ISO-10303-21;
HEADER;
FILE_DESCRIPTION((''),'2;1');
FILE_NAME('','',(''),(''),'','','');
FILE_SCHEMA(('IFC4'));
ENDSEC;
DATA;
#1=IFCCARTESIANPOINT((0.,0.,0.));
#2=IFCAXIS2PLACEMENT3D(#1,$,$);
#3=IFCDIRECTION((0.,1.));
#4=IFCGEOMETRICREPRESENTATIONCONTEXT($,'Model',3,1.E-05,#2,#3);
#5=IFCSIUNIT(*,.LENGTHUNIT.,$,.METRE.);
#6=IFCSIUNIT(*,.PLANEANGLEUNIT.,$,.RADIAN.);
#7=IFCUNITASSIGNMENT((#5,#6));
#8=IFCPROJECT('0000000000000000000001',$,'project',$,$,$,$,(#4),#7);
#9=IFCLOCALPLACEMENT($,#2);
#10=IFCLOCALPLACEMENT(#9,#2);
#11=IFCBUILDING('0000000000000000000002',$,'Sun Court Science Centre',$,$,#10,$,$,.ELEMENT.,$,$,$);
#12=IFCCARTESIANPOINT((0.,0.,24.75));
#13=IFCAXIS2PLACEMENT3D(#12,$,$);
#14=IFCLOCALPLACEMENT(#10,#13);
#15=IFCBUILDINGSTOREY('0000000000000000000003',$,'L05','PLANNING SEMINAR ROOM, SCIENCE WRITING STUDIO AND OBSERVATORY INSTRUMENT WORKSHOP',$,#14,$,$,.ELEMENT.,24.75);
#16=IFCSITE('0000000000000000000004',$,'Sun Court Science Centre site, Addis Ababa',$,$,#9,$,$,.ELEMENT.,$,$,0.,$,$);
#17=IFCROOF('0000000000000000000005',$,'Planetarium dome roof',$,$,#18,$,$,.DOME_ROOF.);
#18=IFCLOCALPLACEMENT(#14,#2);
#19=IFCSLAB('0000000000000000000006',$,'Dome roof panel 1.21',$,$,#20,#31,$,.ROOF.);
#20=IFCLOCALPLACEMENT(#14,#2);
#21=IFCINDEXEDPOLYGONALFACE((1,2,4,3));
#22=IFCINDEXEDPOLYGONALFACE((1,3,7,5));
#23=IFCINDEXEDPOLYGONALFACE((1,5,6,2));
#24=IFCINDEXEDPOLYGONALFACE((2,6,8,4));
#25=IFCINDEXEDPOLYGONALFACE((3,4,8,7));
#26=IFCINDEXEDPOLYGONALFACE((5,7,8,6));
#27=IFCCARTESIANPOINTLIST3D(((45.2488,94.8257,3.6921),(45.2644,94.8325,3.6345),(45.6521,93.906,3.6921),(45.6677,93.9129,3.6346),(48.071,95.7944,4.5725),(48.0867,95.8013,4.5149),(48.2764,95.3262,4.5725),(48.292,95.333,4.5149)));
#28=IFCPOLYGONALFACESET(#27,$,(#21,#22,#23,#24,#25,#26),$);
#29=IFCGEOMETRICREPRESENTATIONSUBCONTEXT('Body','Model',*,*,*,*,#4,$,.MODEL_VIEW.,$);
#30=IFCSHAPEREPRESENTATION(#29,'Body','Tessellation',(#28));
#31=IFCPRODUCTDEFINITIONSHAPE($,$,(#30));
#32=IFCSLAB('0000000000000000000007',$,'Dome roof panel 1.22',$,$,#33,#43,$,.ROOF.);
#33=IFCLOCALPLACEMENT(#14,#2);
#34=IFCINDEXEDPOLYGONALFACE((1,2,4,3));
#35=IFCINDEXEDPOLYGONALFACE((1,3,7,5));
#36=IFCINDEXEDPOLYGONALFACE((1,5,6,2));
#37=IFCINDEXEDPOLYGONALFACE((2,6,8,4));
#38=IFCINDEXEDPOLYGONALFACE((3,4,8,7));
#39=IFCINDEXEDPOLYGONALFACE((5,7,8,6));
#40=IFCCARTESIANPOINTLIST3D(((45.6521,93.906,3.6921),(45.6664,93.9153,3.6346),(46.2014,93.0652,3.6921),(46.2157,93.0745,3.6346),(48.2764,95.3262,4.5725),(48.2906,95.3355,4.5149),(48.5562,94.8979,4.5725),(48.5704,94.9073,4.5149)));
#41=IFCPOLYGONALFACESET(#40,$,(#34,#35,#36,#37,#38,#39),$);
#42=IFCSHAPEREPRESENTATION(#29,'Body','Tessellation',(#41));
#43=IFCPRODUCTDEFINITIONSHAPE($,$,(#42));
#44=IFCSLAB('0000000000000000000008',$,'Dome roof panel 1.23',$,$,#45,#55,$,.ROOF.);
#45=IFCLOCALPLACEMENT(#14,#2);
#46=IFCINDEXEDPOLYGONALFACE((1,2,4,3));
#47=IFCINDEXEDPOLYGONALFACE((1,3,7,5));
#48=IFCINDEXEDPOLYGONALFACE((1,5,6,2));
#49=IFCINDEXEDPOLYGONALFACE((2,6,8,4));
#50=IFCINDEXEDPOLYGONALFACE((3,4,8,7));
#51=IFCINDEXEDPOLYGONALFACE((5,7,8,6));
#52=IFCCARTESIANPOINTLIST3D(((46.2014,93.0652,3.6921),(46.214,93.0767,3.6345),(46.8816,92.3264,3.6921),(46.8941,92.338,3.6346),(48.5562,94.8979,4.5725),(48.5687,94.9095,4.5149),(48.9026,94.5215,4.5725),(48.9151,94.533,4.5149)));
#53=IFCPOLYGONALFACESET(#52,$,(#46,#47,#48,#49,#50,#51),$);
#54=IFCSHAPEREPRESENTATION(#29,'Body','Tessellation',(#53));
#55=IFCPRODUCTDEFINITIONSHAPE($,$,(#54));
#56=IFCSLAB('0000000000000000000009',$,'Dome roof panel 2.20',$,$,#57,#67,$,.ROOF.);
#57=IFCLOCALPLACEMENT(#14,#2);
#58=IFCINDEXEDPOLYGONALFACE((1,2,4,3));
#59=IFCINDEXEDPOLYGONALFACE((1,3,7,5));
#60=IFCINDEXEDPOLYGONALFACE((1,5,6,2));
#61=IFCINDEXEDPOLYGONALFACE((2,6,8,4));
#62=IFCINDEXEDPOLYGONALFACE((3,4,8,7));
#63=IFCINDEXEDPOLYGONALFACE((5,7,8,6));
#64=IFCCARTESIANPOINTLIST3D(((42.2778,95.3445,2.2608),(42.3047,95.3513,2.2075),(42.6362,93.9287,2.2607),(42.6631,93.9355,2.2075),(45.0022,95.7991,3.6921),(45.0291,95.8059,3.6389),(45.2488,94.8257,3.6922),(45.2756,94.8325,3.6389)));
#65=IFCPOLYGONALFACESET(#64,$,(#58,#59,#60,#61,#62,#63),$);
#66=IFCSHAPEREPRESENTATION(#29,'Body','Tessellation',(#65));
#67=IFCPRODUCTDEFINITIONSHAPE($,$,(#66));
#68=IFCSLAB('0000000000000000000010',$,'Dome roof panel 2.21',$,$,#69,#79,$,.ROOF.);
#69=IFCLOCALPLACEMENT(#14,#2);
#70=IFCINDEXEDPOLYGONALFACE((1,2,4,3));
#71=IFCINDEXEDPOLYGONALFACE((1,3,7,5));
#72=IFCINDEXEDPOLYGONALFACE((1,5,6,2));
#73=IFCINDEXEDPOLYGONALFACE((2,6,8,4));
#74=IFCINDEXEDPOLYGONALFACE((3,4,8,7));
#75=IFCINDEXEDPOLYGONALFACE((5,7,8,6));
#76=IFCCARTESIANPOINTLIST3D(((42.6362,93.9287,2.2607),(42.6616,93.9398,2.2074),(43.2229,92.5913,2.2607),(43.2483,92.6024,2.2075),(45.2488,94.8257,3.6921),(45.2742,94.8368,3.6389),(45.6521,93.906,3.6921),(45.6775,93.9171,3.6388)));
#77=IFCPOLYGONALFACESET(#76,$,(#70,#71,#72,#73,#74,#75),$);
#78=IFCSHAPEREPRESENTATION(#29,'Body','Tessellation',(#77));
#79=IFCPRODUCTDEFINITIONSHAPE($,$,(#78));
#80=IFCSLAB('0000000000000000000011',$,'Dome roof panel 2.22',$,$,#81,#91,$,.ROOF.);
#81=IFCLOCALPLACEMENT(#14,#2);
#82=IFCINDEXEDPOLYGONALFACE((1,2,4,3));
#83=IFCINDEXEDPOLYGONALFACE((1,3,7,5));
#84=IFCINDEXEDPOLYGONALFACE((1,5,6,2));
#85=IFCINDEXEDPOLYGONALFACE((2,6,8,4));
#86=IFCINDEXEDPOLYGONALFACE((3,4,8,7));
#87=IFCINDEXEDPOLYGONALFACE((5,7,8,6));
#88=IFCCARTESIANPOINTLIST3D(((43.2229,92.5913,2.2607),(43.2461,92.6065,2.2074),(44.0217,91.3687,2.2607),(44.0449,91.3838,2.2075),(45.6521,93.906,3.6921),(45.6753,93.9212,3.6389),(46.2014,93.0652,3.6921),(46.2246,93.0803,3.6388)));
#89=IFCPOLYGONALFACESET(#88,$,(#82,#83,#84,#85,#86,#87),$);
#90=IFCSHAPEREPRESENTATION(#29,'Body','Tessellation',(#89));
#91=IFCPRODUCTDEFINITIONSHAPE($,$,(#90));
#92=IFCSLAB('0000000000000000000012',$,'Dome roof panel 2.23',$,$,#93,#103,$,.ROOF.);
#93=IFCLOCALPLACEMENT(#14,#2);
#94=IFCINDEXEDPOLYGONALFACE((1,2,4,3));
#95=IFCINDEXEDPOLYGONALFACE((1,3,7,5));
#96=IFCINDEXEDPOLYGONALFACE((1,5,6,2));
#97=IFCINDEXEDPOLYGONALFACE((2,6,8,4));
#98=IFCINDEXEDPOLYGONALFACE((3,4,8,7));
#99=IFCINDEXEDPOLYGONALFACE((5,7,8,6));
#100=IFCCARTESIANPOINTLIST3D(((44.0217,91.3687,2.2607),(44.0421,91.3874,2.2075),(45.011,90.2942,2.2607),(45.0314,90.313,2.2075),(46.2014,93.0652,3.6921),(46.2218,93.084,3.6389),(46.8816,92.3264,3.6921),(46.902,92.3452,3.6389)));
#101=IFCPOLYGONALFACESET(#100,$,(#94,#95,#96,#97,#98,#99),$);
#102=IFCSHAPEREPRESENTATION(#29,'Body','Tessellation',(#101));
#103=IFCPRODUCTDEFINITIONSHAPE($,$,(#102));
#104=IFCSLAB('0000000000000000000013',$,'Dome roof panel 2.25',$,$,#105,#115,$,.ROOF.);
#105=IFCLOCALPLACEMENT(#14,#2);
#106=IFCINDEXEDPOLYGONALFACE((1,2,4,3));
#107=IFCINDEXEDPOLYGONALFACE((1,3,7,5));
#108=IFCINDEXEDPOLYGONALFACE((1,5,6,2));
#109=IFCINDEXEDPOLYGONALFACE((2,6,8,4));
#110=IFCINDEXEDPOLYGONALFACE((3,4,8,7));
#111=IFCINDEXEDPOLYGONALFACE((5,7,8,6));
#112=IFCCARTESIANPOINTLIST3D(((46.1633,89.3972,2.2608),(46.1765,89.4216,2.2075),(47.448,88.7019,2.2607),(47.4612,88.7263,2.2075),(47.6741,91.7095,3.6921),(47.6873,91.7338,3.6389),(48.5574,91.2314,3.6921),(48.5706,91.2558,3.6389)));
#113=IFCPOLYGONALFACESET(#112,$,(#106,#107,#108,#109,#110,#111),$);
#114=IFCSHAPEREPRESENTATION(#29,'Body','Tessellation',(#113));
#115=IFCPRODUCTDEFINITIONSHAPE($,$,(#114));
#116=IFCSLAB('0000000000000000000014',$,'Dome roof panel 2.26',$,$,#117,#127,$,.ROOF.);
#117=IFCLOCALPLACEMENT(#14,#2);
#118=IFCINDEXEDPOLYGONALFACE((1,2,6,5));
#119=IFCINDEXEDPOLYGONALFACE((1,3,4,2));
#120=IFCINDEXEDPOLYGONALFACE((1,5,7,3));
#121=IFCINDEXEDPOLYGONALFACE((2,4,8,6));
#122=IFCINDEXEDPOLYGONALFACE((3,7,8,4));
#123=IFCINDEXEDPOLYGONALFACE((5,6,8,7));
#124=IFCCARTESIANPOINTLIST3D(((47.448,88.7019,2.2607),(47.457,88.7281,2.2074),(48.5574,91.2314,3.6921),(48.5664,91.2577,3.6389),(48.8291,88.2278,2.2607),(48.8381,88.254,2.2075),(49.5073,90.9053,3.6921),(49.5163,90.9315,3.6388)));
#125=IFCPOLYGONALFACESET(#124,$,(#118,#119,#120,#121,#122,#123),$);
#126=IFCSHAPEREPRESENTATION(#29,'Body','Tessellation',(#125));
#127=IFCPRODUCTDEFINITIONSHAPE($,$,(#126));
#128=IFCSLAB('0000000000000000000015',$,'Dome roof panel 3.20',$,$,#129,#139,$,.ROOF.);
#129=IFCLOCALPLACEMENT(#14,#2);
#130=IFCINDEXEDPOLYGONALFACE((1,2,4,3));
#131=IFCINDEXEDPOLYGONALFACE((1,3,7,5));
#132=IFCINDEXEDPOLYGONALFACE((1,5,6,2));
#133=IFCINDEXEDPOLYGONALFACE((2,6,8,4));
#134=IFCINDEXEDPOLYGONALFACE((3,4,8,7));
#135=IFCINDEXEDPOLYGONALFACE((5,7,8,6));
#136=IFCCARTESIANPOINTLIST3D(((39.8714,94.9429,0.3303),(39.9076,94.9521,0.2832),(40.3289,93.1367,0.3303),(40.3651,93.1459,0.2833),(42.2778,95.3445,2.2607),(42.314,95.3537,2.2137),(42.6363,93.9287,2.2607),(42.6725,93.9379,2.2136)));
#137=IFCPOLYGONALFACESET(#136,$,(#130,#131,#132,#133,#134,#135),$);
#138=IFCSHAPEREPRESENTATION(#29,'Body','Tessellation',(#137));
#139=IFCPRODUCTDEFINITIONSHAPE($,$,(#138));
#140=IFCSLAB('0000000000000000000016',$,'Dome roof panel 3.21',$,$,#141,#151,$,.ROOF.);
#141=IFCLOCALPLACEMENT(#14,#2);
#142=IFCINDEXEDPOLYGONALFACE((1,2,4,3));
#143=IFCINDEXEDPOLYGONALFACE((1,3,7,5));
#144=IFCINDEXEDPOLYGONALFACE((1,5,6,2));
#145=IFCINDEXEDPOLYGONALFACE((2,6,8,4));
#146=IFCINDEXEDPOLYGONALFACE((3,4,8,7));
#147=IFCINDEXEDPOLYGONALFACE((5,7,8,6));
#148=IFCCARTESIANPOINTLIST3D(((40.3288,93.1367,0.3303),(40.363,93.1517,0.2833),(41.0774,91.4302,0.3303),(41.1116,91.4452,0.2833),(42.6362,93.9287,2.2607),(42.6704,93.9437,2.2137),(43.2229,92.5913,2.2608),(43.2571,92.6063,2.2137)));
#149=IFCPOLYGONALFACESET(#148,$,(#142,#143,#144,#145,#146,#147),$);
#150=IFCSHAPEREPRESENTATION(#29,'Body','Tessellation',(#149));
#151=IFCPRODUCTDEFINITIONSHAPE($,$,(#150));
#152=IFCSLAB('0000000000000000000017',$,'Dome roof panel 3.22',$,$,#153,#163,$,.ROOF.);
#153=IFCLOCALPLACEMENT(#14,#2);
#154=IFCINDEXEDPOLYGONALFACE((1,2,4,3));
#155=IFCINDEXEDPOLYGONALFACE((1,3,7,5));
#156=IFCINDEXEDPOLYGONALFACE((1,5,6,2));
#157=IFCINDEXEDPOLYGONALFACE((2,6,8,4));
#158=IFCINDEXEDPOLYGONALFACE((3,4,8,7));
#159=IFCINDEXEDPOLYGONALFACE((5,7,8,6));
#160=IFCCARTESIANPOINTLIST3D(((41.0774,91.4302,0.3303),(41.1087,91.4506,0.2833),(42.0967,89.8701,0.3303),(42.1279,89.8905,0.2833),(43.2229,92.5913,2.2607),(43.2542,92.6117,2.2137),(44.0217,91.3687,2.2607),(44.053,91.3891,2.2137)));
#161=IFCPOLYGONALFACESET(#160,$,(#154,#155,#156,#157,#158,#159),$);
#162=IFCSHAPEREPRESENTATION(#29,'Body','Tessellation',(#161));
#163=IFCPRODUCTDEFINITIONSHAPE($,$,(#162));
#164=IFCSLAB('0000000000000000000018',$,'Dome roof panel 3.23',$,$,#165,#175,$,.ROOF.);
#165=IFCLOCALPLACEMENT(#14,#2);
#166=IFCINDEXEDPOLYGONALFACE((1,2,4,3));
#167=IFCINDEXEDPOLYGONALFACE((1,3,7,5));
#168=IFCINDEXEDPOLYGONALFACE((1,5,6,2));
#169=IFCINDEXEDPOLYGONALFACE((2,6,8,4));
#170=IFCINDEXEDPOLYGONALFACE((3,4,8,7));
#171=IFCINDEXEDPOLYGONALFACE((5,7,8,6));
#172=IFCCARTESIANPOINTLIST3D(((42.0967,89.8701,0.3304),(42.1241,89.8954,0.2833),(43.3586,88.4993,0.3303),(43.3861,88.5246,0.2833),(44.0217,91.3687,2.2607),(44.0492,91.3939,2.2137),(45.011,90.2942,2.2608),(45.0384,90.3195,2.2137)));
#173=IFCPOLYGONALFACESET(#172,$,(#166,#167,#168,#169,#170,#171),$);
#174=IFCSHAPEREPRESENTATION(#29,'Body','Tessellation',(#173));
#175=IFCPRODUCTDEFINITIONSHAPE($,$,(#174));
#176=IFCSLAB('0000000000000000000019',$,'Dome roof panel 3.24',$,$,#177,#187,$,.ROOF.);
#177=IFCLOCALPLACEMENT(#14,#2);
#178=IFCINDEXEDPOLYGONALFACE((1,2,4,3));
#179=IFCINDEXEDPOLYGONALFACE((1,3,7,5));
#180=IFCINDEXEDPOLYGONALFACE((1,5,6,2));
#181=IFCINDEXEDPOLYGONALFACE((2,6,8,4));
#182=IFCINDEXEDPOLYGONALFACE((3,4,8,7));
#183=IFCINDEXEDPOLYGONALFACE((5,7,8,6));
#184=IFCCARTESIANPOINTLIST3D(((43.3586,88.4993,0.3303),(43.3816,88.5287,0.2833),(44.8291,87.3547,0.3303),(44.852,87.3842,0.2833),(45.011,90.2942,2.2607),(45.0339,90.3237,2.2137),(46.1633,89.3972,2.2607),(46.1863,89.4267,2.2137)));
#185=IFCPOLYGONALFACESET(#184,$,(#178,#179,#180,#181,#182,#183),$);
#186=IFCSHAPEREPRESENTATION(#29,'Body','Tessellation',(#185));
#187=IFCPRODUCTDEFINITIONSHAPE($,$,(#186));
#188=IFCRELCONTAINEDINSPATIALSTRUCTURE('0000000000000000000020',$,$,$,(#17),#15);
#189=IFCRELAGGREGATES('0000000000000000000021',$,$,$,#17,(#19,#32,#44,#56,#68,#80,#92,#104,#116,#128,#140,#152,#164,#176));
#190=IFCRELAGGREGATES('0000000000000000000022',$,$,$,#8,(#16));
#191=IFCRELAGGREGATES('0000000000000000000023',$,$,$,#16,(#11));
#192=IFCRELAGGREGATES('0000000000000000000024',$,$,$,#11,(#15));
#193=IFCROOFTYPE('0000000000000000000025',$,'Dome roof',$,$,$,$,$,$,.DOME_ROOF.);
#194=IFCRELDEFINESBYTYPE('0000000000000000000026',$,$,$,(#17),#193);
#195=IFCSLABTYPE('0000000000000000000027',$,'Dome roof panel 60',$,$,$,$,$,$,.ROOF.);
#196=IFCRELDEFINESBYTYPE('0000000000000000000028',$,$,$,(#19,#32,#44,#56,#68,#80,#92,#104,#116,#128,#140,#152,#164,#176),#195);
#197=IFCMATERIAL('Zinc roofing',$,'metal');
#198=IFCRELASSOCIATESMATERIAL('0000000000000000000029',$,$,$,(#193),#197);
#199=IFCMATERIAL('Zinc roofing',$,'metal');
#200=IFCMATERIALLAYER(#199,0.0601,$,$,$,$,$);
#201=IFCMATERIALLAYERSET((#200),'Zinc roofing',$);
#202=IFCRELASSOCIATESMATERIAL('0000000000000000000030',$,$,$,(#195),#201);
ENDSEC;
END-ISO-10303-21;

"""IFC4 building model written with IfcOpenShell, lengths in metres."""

from ifc_helpers import new_model, si_unit, direction, frame, origin, place, context, subcontext, project, spatial, polyline, outline, extrude, material, layer, layer_set, type_object, element, aggregate, save


model = new_model("IFC4")

# Units and contexts
model_context = context("Model", 3, precision=1e-05, world=origin(), true_north=direction((0.0, 1.0)))
body_context = subcontext(model_context, "Body", "Model", "MODEL_VIEW")
ifc_project = project(units=[si_unit("LENGTHUNIT", "METRE"), si_unit("PLANEANGLEUNIT", "RADIAN")], contexts=[model_context])

# Site, building, storey
site_placement = place(None, origin())
site = spatial("IfcSite", under=ifc_project, at=site_placement, Name="Sun Court Science Centre site, Addis Ababa", CompositionType="ELEMENT", RefElevation=0.0)
building_placement = place(site_placement, origin())
building = spatial("IfcBuilding", under=site, at=building_placement, Name="Sun Court Science Centre", CompositionType="ELEMENT")
storey_placement = place(building_placement, frame((0.0, 0.0, 24.75)))
storey = spatial("IfcBuildingStorey", under=building, at=storey_placement, Name="L05", Description="PLANNING SEMINAR ROOM, SCIENCE WRITING STUDIO AND OBSERVATORY INSTRUMENT WORKSHOP", CompositionType="ELEMENT", Elevation=24.75)

# Roof, slabs
ifc_material_1 = material(Name="Zinc roofing", Category="metal")
roof_type = type_object("IfcRoofType", Name="Dome roof", PredefinedType="DOME_ROOF", material=ifc_material_1)
roof_placement = place(storey_placement, origin())
roof = element("IfcRoof", 1, at=roof_placement, inside=storey, type_object=roof_type, Name="Planetarium dome roof", PredefinedType="DOME_ROOF")
ifc_material_2 = material(Name="Zinc roofing", Category="metal")
ifc_layer = layer(ifc_material_2, 0.0601)
ifc_layer_set = layer_set([ifc_layer], Name="Zinc roofing")
slab_type = type_object("IfcSlabType", Name="Dome roof panel 60", PredefinedType="ROOF", material=ifc_layer_set)
slab_1_placement = place(storey_placement, frame((48.071, 95.7944, 4.5725), z_axis=(-0.259975, -0.114005, 0.958862), x_axis=(0.401573, -0.915827, -0.00001)))
slab_1 = element("IfcSlab", 2, at=slab_1_placement, type_object=slab_type, Name="Dome roof panel 1.21", PredefinedType="ROOF", context=body_context, shape_type="SweptSolid", body=[
    extrude(outline(polyline([(0.0, 0.0), (0.5113, 0.0), (0.7581, -3.1013), (-0.2461, -3.1013), (0.0, 0.0)])), origin(), (0.0, 0.0, -1.0), 0.0601),
])
slab_2_placement = place(storey_placement, frame((48.2764, 95.3262, 4.5725), z_axis=(-0.237648, -0.155262, 0.958862), x_axis=(0.546965, -0.837156, 0.000007)))
slab_2 = element("IfcSlab", 3, at=slab_2_placement, type_object=slab_type, Name="Dome roof panel 1.22", PredefinedType="ROOF", context=body_context, shape_type="SweptSolid", body=[
    extrude(outline(polyline([(0.0, 0.0), (0.5115, 0.0), (0.7579, -3.1013), (-0.2465, -3.1013), (0.0, 0.0)])), origin(), (0.0, 0.0, -1.0), 0.0601),
])
slab_3_placement = place(storey_placement, frame((48.5562, 94.8979, 4.5725), z_axis=(-0.208859, -0.192261, 0.958861), x_axis=(0.677159, -0.735837, -0.000044)))
slab_3 = element("IfcSlab", 4, at=slab_3_placement, type_object=slab_type, Name="Dome roof panel 1.23", PredefinedType="ROOF", context=body_context, shape_type="SweptSolid", body=[
    extrude(outline(polyline([(0.0, 0.0), (0.5116, 0.0), (0.7583, -3.1011), (-0.2459, -3.1014), (0.0, 0.0)])), origin(), (0.0, 0.0, -1.0), 0.0601),
])
slab_4_placement = place(storey_placement, frame((45.0022, 95.7991, 3.6921), z_axis=(-0.447236, -0.113248, 0.887218), x_axis=(0.245546, -0.969385, 0.00004)))
slab_4 = element("IfcSlab", 5, at=slab_4_placement, type_object=slab_type, Name="Dome roof panel 2.20", PredefinedType="ROOF", context=body_context, shape_type="SweptSolid", body=[
    extrude(outline(polyline([(0.0, 0.0), (1.0041, 0.0), (1.2321, -3.1027), (-0.2283, -3.1025), (0.0, 0.0)])), origin(), (0.0, 0.0, -1.0), 0.0601),
])
slab_5_placement = place(storey_placement, frame((45.2488, 94.8257, 3.6921), z_axis=(-0.42249, -0.185311, 0.887222), x_axis=(0.401634, -0.9158, -0.000024)))
slab_5 = element("IfcSlab", 6, at=slab_5_placement, type_object=slab_type, Name="Dome roof panel 2.21", PredefinedType="ROOF", context=body_context, shape_type="SweptSolid", body=[
    extrude(outline(polyline([(0.0, 0.0), (1.0042, 0.0), (1.2326, -3.1026), (-0.2278, -3.1027), (0.0, 0.0)])), origin(), (0.0, 0.0, -1.0), 0.0601),
])
slab_6_placement = place(storey_placement, frame((45.6521, 93.906, 3.6921), z_axis=(-0.386227, -0.252336, 0.887218), x_axis=(0.546938, -0.837173, -0.000008)))
slab_6 = element("IfcSlab", 7, at=slab_6_placement, type_object=slab_type, Name="Dome roof panel 2.22", PredefinedType="ROOF", context=body_context, shape_type="SweptSolid", body=[
    extrude(outline(polyline([(0.0, 0.0), (1.0044, 0.0), (1.2325, -3.1026), (-0.228, -3.1026), (0.0, 0.0)])), origin(), (0.0, 0.0, -1.0), 0.0601),
])
slab_7_placement = place(storey_placement, frame((46.2014, 93.0652, 3.6921), z_axis=(-0.339409, -0.312492, 0.887215), x_axis=(0.677331, -0.735678, -0.000002)))
slab_7 = element("IfcSlab", 8, at=slab_7_placement, type_object=slab_type, Name="Dome roof panel 2.23", PredefinedType="ROOF", context=body_context, shape_type="SweptSolid", body=[
    extrude(outline(polyline([(0.0, 0.0), (1.0042, 0.0), (1.2322, -3.1026), (-0.2283, -3.1026), (0.0, 0.0)])), origin(), (0.0, 0.0, -1.0), 0.0601),
])
slab_8_placement = place(storey_placement, frame((47.6741, 91.7095, 3.6921), z_axis=(-0.219596, -0.405746, 0.887213), x_axis=(0.879467, -0.475959, 0.000011)))
slab_8 = element("IfcSlab", 9, at=slab_8_placement, type_object=slab_type, Name="Dome roof panel 2.25", PredefinedType="ROOF", context=body_context, shape_type="SweptSolid", body=[
    extrude(outline(polyline([(0.0, 0.0), (1.0044, 0.0), (1.2326, -3.1026), (-0.2281, -3.1025), (0.0, 0.0)])), origin(), (0.0, 0.0, -1.0), 0.0601),
])
slab_9_placement = place(storey_placement, frame((48.5574, 91.2314, 3.6921), z_axis=(-0.149809, -0.436355, 0.887215), x_axis=(0.945803, -0.32474, -0.000014)))
slab_9 = element("IfcSlab", 10, at=slab_9_placement, type_object=slab_type, Name="Dome roof panel 2.26", PredefinedType="ROOF", context=body_context, shape_type="SweptSolid", body=[
    extrude(outline(polyline([(0.0, 0.0), (1.0044, 0.0), (1.2324, -3.1026), (-0.2278, -3.1026), (0.0, 0.0)])), origin(), (0.0, 0.0, -1.0), 0.0601),
])
slab_10_placement = place(storey_placement, frame((42.2778, 95.3445, 2.2607), z_axis=(-0.602788, -0.15265, 0.783163), x_axis=(0.245438, -0.969412, -0.000042)))
slab_10 = element("IfcSlab", 11, at=slab_10_placement, type_object=slab_type, Name="Dome roof panel 3.20", PredefinedType="ROOF", context=body_context, shape_type="SweptSolid", body=[
    extrude(outline(polyline([(0.0, 0.0), (1.4604, 0.0), (1.662, -3.1044), (-0.2012, -3.1046), (0.0, 0.0)])), origin(), (0.0, 0.0, -1.0), 0.0601),
])
slab_11_placement = place(storey_placement, frame((42.6362, 93.9287, 2.2607), z_axis=(-0.56946, -0.24979, 0.783148), x_axis=(0.401707, -0.915768, 0.000009)))
slab_11 = element("IfcSlab", 12, at=slab_11_placement, type_object=slab_type, Name="Dome roof panel 3.21", PredefinedType="ROOF", context=body_context, shape_type="SweptSolid", body=[
    extrude(outline(polyline([(0.0, 0.0), (1.4604, 0.0), (1.6619, -3.1044), (-0.2016, -3.1044), (0.0, 0.0)])), origin(), (0.0, 0.0, -1.0), 0.0601),
])
slab_12_placement = place(storey_placement, frame((43.2229, 92.5913, 2.2607), z_axis=(-0.520571, -0.34012, 0.78315), x_axis=(0.546962, -0.837157, -0.000002)))
slab_12 = element("IfcSlab", 13, at=slab_12_placement, type_object=slab_type, Name="Dome roof panel 3.22", PredefinedType="ROOF", context=body_context, shape_type="SweptSolid", body=[
    extrude(outline(polyline([(0.0, 0.0), (1.4605, 0.0), (1.6621, -3.1044), (-0.2015, -3.1044), (0.0, 0.0)])), origin(), (0.0, 0.0, -1.0), 0.0601),
])
slab_13_placement = place(storey_placement, frame((44.0217, 91.3687, 2.2607), z_axis=(-0.457475, -0.421164, 0.783159), x_axis=(0.677324, -0.735685, 0.000019)))
slab_13 = element("IfcSlab", 14, at=slab_13_placement, type_object=slab_type, Name="Dome roof panel 3.23", PredefinedType="ROOF", context=body_context, shape_type="SweptSolid", body=[
    extrude(outline(polyline([(0.0, 0.0), (1.4605, 0.0), (1.6618, -3.1045), (-0.2015, -3.1044), (0.0, 0.0)])), origin(), (0.0, 0.0, -1.0), 0.0601),
])
slab_14_placement = place(storey_placement, frame((45.011, 90.2942, 2.2607), z_axis=(-0.381938, -0.490692, 0.783163), x_axis=(0.789121, -0.614237, -0.000007)))
slab_14 = element("IfcSlab", 15, at=slab_14_placement, type_object=slab_type, Name="Dome roof panel 3.24", PredefinedType="ROOF", context=body_context, shape_type="SweptSolid", body=[
    extrude(outline(polyline([(0.0, 0.0), (1.4603, 0.0), (1.662, -3.1045), (-0.2014, -3.1045), (0.0, 0.0)])), origin(), (0.0, 0.0, -1.0), 0.0601),
])
aggregate(roof, [slab_1, slab_2, slab_3, slab_4, slab_5, slab_6, slab_7, slab_8, slab_9, slab_10, slab_11, slab_12, slab_13, slab_14])

save(model, "model.ifc")
